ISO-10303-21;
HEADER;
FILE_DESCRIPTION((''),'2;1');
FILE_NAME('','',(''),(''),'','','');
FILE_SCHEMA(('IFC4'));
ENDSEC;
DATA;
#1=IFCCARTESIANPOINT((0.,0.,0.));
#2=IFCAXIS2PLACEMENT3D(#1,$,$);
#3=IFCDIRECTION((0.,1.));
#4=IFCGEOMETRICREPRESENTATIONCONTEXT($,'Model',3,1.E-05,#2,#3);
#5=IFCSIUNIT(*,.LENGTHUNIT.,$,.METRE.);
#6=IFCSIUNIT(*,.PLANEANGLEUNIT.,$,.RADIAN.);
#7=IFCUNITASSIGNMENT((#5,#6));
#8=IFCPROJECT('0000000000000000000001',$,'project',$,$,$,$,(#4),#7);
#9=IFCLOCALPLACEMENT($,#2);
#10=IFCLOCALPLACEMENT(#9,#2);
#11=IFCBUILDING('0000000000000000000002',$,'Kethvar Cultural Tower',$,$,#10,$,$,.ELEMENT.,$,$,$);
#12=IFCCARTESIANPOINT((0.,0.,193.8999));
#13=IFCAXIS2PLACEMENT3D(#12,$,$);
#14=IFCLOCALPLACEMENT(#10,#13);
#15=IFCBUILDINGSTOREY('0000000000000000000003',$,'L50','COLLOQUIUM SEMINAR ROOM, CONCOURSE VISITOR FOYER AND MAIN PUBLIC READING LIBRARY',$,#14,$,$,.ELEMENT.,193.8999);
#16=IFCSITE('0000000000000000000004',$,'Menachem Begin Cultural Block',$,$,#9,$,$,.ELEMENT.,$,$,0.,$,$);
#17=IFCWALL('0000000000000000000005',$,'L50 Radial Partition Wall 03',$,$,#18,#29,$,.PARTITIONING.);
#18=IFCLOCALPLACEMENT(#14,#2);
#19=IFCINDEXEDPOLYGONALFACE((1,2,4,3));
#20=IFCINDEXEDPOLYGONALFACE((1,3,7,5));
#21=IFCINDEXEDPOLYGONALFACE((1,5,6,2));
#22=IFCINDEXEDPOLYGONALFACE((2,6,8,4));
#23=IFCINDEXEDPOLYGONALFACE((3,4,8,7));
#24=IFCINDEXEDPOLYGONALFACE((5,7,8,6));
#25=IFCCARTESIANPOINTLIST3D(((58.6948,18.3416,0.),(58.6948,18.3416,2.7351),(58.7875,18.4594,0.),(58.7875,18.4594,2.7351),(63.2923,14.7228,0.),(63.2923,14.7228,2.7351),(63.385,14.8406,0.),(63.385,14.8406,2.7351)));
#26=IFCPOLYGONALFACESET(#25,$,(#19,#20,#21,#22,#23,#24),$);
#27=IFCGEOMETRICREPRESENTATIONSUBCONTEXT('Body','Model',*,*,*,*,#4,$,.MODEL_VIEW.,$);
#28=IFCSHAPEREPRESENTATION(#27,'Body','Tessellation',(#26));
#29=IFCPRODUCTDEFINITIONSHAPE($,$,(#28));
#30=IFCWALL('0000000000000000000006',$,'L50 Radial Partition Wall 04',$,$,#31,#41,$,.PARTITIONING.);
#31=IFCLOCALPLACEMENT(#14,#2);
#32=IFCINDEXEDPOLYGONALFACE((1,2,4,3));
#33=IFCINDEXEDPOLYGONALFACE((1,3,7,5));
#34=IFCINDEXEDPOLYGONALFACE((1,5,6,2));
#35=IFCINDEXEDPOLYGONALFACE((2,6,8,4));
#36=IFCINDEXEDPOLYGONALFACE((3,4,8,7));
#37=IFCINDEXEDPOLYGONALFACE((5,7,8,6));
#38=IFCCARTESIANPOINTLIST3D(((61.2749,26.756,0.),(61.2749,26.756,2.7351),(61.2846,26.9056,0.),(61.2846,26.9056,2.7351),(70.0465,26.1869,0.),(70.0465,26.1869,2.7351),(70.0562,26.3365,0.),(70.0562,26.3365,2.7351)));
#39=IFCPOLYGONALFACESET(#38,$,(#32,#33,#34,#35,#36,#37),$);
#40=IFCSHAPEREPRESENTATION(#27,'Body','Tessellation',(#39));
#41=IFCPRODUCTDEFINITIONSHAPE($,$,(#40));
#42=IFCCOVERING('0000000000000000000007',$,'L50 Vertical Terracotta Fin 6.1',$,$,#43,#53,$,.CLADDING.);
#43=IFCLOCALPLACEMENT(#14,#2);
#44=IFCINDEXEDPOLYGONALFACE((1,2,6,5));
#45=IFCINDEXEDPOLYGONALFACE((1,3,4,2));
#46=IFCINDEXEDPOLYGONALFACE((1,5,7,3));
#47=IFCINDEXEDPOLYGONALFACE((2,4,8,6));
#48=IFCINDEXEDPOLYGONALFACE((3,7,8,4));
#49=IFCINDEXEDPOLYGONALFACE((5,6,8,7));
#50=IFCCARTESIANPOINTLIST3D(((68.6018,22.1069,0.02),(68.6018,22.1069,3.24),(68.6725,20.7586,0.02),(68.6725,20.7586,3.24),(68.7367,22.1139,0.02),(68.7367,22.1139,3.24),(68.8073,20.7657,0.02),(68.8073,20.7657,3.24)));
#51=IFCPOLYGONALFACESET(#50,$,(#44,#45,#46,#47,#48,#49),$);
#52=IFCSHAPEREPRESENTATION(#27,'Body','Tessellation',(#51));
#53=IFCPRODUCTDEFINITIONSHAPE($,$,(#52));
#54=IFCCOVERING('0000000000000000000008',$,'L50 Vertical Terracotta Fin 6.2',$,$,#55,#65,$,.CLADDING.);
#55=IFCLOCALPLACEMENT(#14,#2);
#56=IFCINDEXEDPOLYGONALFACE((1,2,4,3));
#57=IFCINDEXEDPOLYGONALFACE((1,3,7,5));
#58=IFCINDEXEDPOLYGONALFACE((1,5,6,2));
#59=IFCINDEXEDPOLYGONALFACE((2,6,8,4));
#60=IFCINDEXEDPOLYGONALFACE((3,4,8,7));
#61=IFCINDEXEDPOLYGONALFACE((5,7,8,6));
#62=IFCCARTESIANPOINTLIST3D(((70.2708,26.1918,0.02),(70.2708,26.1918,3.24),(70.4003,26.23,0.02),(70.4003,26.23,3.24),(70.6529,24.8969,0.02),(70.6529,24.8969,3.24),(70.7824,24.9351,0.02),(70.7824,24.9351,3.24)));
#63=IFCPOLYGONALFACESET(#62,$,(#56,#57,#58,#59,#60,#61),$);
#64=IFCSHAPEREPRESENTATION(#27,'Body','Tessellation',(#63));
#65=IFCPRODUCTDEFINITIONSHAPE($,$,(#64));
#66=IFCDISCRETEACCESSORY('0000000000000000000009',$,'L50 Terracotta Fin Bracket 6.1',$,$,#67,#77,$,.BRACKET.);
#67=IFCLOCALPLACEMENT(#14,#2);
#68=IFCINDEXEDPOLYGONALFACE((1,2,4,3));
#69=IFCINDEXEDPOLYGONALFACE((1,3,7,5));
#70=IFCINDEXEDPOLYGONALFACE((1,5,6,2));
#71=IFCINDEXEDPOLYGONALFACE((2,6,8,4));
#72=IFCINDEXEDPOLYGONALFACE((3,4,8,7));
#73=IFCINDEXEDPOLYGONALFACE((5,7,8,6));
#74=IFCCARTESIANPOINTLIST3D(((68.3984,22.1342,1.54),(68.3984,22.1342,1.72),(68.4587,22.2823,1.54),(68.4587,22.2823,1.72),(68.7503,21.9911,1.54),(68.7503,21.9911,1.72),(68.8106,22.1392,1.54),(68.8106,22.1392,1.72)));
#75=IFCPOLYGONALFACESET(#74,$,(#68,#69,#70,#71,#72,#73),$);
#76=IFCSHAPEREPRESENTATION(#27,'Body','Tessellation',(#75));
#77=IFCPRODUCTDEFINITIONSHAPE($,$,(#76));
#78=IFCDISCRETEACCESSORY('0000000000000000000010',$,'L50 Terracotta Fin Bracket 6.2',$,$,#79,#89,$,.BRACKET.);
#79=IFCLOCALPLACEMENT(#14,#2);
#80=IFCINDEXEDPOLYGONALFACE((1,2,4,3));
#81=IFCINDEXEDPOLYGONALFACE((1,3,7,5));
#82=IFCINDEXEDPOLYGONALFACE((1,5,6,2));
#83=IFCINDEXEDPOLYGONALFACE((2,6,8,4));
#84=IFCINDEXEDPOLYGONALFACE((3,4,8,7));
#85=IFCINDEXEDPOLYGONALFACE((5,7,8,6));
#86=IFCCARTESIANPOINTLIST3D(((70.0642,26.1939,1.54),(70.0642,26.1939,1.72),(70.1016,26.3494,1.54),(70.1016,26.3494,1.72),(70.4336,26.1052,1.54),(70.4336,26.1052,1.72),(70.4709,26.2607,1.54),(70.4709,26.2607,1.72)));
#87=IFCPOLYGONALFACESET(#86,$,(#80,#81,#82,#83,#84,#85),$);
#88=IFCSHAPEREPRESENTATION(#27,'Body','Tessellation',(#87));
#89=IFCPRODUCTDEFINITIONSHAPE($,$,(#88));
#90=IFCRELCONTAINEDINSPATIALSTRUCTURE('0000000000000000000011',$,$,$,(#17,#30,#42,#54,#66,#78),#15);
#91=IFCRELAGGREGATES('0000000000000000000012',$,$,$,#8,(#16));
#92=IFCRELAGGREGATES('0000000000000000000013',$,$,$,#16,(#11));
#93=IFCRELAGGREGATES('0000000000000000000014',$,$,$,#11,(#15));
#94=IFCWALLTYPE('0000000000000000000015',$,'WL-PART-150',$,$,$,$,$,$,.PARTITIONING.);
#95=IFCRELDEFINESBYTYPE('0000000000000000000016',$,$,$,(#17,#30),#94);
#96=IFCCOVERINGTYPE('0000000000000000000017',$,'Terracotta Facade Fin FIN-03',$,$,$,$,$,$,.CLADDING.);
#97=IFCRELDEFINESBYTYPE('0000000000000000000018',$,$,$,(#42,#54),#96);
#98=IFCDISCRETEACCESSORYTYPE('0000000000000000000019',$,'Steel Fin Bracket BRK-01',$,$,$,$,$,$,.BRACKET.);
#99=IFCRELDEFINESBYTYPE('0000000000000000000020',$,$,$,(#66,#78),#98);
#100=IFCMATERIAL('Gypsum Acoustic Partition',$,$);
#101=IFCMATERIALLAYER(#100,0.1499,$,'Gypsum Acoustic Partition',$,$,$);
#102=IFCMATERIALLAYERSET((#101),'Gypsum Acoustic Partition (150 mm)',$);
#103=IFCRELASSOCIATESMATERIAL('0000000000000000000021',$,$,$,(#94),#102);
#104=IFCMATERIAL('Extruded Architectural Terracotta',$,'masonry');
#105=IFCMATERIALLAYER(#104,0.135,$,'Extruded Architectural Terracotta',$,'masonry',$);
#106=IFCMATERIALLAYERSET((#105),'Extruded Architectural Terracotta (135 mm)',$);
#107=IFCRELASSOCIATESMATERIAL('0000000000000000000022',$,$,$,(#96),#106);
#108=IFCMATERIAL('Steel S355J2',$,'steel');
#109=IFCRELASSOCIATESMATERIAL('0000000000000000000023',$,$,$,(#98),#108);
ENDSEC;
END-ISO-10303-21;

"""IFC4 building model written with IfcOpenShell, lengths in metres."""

from ifc_helpers import new_model, si_unit, direction, frame, frame_2d, origin, origin_2d, place, context, subcontext, project, spatial, rectangle, extrude, source, transform, mapped, material, layer, layer_set, type_object, element, save


model = new_model("IFC4")

# Units and contexts
model_context = context("Model", 3, precision=1e-05, world=origin(), true_north=direction((0.0, 1.0)))
body_context = subcontext(model_context, "Body", "Model", "MODEL_VIEW")
ifc_project = project(units=[si_unit("LENGTHUNIT", "METRE"), si_unit("PLANEANGLEUNIT", "RADIAN")], contexts=[model_context])

# Site, building, storey
site_placement = place(None, origin())
site = spatial("IfcSite", under=ifc_project, at=site_placement, Name="Menachem Begin Cultural Block", CompositionType="ELEMENT", RefElevation=0.0)
building_placement = place(site_placement, origin())
building = spatial("IfcBuilding", under=site, at=building_placement, Name="Kethvar Cultural Tower", CompositionType="ELEMENT")
storey_placement = place(building_placement, frame((0.0, 0.0, 193.8999)))
storey = spatial("IfcBuildingStorey", under=building, at=storey_placement, Name="L50", Description="COLLOQUIUM SEMINAR ROOM, CONCOURSE VISITOR FOYER AND MAIN PUBLIC READING LIBRARY", CompositionType="ELEMENT", Elevation=193.8999)

# Shared definitions
ifc_material_1 = material(Name="Steel S355J2", Category="steel")

# Walls
ifc_material_2 = material(Name="Gypsum Acoustic Partition")
ifc_layer_1 = layer(ifc_material_2, 0.1499, Name="Gypsum Acoustic Partition")
ifc_layer_set_1 = layer_set([ifc_layer_1], Name="Gypsum Acoustic Partition (150 mm)")
wall_type_1 = type_object("IfcWallType", Name="WL-PART-150", PredefinedType="PARTITIONING", material=ifc_layer_set_1)
wall_1_placement = place(storey_placement, frame((58.7412, 18.4004, 0.0), z_axis=(0.0, 0.0, 1.0), x_axis=(0.785787, -0.618498, 0.0)))
element("IfcWall", 1, at=wall_1_placement, inside=storey, type_object=wall_type_1, Name="L50 Radial Partition Wall 03", PredefinedType="PARTITIONING", context=body_context, shape_type="SweptSolid", body=[
    extrude(rectangle(XDim=5.8508, YDim=0.1499, at=frame_2d((2.9253, 0.0))), origin(), (0.0, 0.0, 1.0), 2.7351),
])
wall_2_placement = place(storey_placement, frame((61.2798, 26.8308, 0.0), z_axis=(0.0, 0.0, 1.0), x_axis=(0.997902, -0.064744, 0.0)))
element("IfcWall", 2, at=wall_2_placement, inside=storey, type_object=wall_type_1, Name="L50 Radial Partition Wall 04", PredefinedType="PARTITIONING", context=body_context, shape_type="SweptSolid", body=[
    extrude(rectangle(XDim=8.79, YDim=0.1499, at=frame_2d((4.395, 0.0))), origin(), (0.0, 0.0, 1.0), 2.7351),
])

# Coverings
ifc_material_3 = material(Name="Extruded Architectural Terracotta", Category="masonry")
ifc_layer_2 = layer(ifc_material_3, 0.135, Name="Extruded Architectural Terracotta", Category="masonry")
ifc_layer_set_2 = layer_set([ifc_layer_2], Name="Extruded Architectural Terracotta (135 mm)")
covering_type = type_object("IfcCoveringType", Name="Terracotta Facade Fin FIN-03", PredefinedType="CLADDING", material=ifc_layer_set_2)
shared_shape_1 = source(origin(), body_context, "Body", "SweptSolid", [
    extrude(rectangle(XDim=1.3501, YDim=0.135, at=origin_2d()), origin(), (0.0, 0.0, 1.0), 3.22),
])
for number, where, z_axis, x_axis, name in (
    (3, (68.7046, 21.4363, 0.02), (0.0, 0.0, 1.0), (0.052336, -0.99863, 0.0), "L50 Vertical Terracotta Fin 6.1"),
    (4, (70.5266, 25.5635, 0.02), (0.0, 0.0, 1.0), (0.283011, -0.959117, 0.0), "L50 Vertical Terracotta Fin 6.2"),
):
    element("IfcCovering", number, at=place(storey_placement, frame(where, z_axis=z_axis, x_axis=x_axis)), inside=storey, type_object=covering_type, Name=name, PredefinedType="CLADDING", context=body_context, shape_type="MappedRepresentation", body=[
        mapped(shared_shape_1, transform((0.0, 0.0, 0.0), scale=1.0)),
    ])

# Discrete accessories
discrete_accessory_type = type_object("IfcDiscreteAccessoryType", Name="Steel Fin Bracket BRK-01", PredefinedType="BRACKET", material=ifc_material_1)
shared_shape_2 = source(origin(), body_context, "Body", "SweptSolid", [
    extrude(rectangle(XDim=0.3799, YDim=0.1599, at=origin_2d()), origin(), (0.0, 0.0, 1.0), 0.1799),
])
for number, where, z_axis, x_axis, name in (
    (5, (68.6045, 22.1367, 1.54), (0.0, 0.0, 1.0), (0.926332, -0.376709, 0.0), "L50 Terracotta Fin Bracket 6.1"),
    (6, (70.2676, 26.2273, 1.54), (0.0, 0.0, 1.0), (0.97237, -0.233445, 0.0), "L50 Terracotta Fin Bracket 6.2"),
):
    element("IfcDiscreteAccessory", number, at=place(storey_placement, frame(where, z_axis=z_axis, x_axis=x_axis)), inside=storey, type_object=discrete_accessory_type, Name=name, PredefinedType="BRACKET", context=body_context, shape_type="MappedRepresentation", body=[
        mapped(shared_shape_2, transform((0.0, 0.0, 0.0), scale=1.0)),
    ])

save(model, "model.ifc")
